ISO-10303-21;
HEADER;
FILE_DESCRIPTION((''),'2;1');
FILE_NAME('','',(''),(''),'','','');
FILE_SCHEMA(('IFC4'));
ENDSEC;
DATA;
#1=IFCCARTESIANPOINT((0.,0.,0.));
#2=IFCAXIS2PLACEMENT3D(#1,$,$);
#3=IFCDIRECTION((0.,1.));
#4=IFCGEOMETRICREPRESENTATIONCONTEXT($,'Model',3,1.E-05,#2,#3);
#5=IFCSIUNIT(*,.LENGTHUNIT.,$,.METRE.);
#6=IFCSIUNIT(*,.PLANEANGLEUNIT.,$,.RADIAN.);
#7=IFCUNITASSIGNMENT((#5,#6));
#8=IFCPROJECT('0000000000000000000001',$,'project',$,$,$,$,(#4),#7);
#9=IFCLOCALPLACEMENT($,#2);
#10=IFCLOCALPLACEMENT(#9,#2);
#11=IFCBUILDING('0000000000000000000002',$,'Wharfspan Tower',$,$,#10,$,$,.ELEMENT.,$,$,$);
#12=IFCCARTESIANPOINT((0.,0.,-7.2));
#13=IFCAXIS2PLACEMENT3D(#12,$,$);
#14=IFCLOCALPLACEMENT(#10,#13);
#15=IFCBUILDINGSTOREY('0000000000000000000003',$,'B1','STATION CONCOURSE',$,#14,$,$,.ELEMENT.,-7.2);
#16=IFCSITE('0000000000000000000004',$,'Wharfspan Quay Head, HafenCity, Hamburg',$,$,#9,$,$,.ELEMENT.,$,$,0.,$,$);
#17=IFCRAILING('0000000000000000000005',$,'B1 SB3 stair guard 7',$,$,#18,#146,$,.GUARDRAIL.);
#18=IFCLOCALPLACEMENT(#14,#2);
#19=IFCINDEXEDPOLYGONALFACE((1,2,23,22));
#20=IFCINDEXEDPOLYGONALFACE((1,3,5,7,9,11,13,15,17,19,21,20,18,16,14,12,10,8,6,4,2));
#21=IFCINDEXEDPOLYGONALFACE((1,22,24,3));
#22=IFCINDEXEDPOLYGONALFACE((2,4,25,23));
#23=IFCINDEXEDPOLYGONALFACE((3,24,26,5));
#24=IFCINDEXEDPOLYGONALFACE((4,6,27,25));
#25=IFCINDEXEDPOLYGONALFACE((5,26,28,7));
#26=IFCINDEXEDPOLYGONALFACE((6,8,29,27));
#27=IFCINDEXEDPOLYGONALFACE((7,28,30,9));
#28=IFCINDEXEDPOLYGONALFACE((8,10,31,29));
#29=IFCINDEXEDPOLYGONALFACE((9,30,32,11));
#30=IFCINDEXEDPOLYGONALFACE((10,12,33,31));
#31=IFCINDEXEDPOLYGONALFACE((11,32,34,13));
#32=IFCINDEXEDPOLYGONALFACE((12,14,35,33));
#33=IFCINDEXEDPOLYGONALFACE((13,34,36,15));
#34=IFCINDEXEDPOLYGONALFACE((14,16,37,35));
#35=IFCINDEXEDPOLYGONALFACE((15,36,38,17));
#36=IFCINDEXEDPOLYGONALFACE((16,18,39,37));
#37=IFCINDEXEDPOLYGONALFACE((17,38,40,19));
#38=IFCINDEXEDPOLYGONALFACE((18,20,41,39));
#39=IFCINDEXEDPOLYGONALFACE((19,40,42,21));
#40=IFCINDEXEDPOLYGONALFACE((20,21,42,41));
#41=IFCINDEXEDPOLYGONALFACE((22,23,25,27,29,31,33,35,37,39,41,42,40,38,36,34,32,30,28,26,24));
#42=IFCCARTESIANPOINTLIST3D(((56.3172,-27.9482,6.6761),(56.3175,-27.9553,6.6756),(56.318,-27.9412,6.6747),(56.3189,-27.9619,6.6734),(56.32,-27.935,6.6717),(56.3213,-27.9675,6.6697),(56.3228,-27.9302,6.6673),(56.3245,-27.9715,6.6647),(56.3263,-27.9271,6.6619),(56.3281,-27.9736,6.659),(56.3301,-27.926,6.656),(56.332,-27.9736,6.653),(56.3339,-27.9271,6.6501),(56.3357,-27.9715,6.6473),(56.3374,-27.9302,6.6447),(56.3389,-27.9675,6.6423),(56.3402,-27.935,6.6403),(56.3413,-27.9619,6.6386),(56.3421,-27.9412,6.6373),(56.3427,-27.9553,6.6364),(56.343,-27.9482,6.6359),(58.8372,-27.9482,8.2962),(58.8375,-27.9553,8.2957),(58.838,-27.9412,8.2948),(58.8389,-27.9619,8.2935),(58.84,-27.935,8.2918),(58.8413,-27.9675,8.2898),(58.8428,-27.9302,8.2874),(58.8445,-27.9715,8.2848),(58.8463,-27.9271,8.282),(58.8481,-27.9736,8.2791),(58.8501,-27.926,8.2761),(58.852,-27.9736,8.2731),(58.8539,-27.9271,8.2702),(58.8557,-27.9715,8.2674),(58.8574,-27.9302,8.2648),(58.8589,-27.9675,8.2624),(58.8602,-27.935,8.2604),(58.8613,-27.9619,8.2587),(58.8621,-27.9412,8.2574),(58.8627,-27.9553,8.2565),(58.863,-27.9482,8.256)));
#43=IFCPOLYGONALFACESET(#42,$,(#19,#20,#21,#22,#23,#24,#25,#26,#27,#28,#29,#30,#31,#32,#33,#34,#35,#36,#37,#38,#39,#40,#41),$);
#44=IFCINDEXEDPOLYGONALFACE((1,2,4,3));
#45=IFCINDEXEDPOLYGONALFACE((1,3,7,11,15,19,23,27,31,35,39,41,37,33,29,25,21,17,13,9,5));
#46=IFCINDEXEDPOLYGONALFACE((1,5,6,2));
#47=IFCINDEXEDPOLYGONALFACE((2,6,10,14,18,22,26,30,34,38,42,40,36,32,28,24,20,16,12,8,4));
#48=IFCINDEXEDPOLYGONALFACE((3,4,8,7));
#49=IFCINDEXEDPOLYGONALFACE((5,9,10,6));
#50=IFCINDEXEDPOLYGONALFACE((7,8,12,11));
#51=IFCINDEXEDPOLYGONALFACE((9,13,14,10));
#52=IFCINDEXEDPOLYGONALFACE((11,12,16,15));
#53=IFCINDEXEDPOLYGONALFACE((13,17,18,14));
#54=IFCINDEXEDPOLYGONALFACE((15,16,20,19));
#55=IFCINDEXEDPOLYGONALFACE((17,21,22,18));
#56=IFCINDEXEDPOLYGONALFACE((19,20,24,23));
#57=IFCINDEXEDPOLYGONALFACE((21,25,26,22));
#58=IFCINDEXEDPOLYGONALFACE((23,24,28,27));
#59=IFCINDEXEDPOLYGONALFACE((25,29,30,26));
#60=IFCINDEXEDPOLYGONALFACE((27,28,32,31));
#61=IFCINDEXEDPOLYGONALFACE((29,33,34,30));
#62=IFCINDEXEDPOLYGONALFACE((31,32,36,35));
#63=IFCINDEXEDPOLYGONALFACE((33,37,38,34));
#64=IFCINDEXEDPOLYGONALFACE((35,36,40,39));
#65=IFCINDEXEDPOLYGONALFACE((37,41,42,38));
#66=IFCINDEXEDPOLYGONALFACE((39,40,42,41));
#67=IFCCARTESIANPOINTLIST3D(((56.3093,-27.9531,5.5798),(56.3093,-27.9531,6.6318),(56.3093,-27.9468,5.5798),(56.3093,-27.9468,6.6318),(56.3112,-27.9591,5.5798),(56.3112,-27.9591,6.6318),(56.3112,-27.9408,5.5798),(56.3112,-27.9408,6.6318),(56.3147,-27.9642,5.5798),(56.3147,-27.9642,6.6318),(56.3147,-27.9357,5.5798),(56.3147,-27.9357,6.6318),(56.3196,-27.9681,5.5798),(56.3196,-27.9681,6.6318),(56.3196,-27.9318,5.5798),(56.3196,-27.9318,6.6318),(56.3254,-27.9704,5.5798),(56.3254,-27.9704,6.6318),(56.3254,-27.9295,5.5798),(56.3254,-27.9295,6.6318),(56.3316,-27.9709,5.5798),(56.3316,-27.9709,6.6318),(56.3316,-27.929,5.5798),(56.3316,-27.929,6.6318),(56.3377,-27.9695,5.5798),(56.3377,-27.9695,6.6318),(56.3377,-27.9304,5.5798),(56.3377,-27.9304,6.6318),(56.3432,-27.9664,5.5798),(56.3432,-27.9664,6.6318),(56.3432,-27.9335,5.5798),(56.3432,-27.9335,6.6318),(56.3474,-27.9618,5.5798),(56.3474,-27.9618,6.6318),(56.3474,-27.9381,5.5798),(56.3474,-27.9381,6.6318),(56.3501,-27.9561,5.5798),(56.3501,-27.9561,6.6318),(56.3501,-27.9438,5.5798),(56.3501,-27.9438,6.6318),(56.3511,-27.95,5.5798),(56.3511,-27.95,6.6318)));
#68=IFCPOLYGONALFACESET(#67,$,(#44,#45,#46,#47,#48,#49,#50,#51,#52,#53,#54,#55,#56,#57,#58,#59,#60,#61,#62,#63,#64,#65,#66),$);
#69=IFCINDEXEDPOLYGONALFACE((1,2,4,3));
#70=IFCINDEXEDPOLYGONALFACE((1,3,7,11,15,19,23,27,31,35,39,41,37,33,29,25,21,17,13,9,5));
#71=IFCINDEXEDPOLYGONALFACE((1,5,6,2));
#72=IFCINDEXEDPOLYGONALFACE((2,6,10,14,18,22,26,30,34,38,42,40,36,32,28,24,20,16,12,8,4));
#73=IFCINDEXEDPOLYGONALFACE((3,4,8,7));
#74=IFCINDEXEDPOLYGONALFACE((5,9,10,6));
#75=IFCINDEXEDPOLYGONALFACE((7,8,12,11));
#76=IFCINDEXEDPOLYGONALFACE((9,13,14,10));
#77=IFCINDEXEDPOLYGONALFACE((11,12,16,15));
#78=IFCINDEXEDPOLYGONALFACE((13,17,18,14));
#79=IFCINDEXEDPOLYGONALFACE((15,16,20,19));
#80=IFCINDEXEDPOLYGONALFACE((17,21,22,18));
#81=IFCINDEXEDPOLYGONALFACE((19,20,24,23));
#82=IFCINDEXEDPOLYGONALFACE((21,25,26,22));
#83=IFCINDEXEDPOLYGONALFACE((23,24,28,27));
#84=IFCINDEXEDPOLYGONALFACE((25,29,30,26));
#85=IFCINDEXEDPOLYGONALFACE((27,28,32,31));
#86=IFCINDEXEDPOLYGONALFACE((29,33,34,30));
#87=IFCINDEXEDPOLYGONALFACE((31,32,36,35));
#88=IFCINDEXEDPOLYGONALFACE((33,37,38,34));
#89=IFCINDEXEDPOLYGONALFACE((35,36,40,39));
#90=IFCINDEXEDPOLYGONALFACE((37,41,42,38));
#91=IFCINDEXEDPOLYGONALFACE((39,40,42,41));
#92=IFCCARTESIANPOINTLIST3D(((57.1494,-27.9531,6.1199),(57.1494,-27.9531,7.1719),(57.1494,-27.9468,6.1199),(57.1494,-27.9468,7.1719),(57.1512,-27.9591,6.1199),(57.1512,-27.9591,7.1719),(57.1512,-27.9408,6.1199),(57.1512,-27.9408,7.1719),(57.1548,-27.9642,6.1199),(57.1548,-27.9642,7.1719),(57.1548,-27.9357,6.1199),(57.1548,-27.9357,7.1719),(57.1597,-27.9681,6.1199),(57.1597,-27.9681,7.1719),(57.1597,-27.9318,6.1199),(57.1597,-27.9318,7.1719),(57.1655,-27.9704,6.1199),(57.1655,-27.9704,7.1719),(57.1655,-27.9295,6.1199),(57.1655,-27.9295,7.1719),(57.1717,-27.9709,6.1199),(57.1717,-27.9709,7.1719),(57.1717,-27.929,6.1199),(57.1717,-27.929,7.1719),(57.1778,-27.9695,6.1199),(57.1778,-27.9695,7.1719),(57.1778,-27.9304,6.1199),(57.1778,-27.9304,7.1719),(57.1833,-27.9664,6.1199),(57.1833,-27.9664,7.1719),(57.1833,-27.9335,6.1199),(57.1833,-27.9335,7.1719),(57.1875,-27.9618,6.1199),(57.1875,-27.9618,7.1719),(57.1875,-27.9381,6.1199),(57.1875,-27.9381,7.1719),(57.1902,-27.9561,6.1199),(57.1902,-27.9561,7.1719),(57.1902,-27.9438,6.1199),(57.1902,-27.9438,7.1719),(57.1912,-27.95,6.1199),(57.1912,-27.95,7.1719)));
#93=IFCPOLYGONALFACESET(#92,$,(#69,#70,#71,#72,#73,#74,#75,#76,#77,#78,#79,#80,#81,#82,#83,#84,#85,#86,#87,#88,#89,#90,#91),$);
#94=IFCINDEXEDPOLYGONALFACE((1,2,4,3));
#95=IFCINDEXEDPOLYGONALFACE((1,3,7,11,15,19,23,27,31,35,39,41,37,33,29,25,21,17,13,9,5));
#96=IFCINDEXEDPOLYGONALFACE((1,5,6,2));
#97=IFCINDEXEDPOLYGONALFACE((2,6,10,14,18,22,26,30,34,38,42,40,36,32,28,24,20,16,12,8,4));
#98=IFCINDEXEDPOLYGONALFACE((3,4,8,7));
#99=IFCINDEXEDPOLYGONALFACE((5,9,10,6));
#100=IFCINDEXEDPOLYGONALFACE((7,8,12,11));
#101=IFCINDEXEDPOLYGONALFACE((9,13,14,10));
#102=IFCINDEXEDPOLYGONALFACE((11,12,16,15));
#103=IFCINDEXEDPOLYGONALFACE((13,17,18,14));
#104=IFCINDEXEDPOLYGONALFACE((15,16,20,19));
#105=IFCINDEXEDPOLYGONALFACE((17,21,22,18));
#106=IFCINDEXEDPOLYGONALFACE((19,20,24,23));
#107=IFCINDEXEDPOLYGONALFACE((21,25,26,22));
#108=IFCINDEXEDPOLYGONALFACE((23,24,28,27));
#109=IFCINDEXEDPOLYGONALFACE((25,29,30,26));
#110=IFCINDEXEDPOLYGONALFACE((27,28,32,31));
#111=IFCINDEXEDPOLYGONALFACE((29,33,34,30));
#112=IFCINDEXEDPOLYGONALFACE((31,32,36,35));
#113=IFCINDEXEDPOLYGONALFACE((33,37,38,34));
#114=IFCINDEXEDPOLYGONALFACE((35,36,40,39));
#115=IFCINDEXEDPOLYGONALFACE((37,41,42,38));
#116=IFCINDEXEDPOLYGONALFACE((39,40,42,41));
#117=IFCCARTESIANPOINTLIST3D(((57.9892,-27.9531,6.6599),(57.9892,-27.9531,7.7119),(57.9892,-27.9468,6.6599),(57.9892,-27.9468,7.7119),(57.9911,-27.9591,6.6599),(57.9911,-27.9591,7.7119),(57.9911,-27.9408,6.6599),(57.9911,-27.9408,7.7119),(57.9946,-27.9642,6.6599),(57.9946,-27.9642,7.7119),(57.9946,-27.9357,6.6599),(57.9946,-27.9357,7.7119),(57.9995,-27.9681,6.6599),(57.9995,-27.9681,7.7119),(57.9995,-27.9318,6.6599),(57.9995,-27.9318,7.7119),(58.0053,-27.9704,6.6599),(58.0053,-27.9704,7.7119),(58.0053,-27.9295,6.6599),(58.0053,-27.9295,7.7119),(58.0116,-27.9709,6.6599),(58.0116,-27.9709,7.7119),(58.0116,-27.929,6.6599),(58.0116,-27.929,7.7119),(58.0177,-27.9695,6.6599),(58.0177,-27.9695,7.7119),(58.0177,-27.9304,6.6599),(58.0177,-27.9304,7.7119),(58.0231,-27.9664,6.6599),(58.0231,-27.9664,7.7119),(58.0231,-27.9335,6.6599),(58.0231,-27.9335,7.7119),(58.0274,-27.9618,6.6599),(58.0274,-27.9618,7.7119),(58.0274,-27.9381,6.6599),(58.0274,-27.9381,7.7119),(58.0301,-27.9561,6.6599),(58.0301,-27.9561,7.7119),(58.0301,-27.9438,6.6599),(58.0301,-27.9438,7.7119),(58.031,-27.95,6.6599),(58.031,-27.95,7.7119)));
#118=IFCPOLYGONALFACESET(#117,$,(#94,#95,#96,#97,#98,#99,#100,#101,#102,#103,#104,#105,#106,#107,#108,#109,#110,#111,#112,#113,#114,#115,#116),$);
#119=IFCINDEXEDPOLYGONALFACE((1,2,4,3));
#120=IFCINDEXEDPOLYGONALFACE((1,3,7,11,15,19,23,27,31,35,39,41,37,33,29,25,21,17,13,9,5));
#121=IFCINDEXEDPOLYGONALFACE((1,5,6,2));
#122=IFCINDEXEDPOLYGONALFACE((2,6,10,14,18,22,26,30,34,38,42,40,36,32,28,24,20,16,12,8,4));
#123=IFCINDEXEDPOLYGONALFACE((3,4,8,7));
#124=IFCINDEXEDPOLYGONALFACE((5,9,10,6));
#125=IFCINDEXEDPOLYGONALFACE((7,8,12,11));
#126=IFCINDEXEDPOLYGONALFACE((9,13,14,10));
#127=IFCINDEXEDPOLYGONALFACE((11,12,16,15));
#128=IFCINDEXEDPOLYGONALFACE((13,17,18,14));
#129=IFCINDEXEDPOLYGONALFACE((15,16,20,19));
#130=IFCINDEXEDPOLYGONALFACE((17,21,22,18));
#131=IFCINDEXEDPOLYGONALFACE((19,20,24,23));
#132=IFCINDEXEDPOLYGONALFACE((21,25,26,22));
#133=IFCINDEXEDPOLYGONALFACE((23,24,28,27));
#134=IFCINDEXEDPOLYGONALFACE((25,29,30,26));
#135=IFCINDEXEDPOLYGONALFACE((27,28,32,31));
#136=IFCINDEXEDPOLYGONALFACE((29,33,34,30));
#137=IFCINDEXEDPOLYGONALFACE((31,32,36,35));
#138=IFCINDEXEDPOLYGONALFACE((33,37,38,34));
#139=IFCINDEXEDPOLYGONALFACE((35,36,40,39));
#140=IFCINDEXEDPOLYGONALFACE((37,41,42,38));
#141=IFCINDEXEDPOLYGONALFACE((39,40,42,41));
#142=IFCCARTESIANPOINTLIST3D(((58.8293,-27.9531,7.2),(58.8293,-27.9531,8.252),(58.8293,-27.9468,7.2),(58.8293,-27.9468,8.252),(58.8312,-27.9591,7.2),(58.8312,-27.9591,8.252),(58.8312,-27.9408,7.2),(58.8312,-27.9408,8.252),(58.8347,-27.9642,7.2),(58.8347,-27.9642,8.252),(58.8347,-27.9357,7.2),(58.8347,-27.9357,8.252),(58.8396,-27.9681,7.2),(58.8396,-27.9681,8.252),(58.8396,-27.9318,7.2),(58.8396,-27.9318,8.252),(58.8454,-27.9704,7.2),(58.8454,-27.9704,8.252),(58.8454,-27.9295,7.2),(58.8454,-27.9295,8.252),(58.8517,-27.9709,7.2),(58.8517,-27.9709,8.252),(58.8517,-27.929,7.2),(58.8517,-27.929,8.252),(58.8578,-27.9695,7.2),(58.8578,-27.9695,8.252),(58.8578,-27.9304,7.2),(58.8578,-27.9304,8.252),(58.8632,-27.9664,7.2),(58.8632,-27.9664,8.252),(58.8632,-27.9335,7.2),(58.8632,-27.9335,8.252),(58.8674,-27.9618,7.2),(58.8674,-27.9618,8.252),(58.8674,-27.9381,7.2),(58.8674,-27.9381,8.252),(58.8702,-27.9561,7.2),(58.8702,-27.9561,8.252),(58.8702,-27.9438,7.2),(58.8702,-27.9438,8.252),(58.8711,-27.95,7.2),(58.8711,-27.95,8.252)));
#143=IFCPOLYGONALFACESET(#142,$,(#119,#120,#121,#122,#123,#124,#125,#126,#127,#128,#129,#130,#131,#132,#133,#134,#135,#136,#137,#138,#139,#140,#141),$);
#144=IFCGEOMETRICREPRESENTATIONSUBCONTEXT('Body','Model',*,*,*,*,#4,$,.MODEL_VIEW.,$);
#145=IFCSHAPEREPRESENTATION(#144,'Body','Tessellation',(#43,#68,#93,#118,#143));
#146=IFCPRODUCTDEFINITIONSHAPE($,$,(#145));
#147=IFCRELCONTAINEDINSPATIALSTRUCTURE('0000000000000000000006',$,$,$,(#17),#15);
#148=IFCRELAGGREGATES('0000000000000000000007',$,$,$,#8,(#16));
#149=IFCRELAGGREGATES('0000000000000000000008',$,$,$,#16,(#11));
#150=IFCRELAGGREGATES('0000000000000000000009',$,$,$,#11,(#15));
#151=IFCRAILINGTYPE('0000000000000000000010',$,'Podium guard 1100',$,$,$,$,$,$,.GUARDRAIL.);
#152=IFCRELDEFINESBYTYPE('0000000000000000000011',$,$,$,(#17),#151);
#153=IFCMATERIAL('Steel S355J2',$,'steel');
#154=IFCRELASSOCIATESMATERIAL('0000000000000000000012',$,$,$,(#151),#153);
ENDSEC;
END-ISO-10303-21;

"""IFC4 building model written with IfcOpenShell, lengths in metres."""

from ifc_helpers import new_model, si_unit, direction, frame, origin, origin_2d, place, context, subcontext, project, spatial, circle, extrude, material, type_object, element, save


model = new_model("IFC4")

# Units and contexts
model_context = context("Model", 3, precision=1e-05, world=origin(), true_north=direction((0.0, 1.0)))
body_context = subcontext(model_context, "Body", "Model", "MODEL_VIEW")
ifc_project = project(units=[si_unit("LENGTHUNIT", "METRE"), si_unit("PLANEANGLEUNIT", "RADIAN")], contexts=[model_context])

# Site, building, storey
site_placement = place(None, origin())
site = spatial("IfcSite", under=ifc_project, at=site_placement, Name="Wharfspan Quay Head, HafenCity, Hamburg", CompositionType="ELEMENT", RefElevation=0.0)
building_placement = place(site_placement, origin())
building = spatial("IfcBuilding", under=site, at=building_placement, Name="Wharfspan Tower", CompositionType="ELEMENT")
storey_placement = place(building_placement, frame((0.0, 0.0, -7.2)))
storey = spatial("IfcBuildingStorey", under=building, at=storey_placement, Name="B1", Description="STATION CONCOURSE", CompositionType="ELEMENT", Elevation=-7.2)

# Railing
ifc_material_1 = material(Name="Steel S355J2", Category="steel")
railing_type_1 = type_object("IfcRailingType", Name="Podium guard 1100", PredefinedType="GUARDRAIL", material=ifc_material_1)
railing_1_placement = place(storey_placement, frame((56.3301, -27.95, 5.5798)))
element("IfcRailing", 1, at=railing_1_placement, inside=storey, type_object=railing_type_1, Name="B1 SB3 stair guard 7", PredefinedType="GUARDRAIL", context=body_context, shape_type="SweptSolid", body=[
    extrude(circle(Radius=0.0239, at=origin_2d()), frame((0.0, 0.0, 1.0762), z_axis=(0.841163, 0.0, 0.540782), x_axis=(0.0, 1.0, 0.0)), (0.0, 0.0, 1.0), 2.9958),
    extrude(circle(Radius=0.021, at=origin_2d()), origin(), (0.0, 0.0, 1.0), 1.052),
    extrude(circle(Radius=0.021, at=origin_2d()), frame((0.8401, 0.0, 0.54)), (0.0, 0.0, 1.0), 1.052),
    extrude(circle(Radius=0.021, at=origin_2d()), frame((1.6799, 0.0, 1.0801)), (0.0, 0.0, 1.0), 1.052),
    extrude(circle(Radius=0.021, at=origin_2d()), frame((2.52, 0.0, 1.6201)), (0.0, 0.0, 1.0), 1.052),
])

save(model, "model.ifc")
